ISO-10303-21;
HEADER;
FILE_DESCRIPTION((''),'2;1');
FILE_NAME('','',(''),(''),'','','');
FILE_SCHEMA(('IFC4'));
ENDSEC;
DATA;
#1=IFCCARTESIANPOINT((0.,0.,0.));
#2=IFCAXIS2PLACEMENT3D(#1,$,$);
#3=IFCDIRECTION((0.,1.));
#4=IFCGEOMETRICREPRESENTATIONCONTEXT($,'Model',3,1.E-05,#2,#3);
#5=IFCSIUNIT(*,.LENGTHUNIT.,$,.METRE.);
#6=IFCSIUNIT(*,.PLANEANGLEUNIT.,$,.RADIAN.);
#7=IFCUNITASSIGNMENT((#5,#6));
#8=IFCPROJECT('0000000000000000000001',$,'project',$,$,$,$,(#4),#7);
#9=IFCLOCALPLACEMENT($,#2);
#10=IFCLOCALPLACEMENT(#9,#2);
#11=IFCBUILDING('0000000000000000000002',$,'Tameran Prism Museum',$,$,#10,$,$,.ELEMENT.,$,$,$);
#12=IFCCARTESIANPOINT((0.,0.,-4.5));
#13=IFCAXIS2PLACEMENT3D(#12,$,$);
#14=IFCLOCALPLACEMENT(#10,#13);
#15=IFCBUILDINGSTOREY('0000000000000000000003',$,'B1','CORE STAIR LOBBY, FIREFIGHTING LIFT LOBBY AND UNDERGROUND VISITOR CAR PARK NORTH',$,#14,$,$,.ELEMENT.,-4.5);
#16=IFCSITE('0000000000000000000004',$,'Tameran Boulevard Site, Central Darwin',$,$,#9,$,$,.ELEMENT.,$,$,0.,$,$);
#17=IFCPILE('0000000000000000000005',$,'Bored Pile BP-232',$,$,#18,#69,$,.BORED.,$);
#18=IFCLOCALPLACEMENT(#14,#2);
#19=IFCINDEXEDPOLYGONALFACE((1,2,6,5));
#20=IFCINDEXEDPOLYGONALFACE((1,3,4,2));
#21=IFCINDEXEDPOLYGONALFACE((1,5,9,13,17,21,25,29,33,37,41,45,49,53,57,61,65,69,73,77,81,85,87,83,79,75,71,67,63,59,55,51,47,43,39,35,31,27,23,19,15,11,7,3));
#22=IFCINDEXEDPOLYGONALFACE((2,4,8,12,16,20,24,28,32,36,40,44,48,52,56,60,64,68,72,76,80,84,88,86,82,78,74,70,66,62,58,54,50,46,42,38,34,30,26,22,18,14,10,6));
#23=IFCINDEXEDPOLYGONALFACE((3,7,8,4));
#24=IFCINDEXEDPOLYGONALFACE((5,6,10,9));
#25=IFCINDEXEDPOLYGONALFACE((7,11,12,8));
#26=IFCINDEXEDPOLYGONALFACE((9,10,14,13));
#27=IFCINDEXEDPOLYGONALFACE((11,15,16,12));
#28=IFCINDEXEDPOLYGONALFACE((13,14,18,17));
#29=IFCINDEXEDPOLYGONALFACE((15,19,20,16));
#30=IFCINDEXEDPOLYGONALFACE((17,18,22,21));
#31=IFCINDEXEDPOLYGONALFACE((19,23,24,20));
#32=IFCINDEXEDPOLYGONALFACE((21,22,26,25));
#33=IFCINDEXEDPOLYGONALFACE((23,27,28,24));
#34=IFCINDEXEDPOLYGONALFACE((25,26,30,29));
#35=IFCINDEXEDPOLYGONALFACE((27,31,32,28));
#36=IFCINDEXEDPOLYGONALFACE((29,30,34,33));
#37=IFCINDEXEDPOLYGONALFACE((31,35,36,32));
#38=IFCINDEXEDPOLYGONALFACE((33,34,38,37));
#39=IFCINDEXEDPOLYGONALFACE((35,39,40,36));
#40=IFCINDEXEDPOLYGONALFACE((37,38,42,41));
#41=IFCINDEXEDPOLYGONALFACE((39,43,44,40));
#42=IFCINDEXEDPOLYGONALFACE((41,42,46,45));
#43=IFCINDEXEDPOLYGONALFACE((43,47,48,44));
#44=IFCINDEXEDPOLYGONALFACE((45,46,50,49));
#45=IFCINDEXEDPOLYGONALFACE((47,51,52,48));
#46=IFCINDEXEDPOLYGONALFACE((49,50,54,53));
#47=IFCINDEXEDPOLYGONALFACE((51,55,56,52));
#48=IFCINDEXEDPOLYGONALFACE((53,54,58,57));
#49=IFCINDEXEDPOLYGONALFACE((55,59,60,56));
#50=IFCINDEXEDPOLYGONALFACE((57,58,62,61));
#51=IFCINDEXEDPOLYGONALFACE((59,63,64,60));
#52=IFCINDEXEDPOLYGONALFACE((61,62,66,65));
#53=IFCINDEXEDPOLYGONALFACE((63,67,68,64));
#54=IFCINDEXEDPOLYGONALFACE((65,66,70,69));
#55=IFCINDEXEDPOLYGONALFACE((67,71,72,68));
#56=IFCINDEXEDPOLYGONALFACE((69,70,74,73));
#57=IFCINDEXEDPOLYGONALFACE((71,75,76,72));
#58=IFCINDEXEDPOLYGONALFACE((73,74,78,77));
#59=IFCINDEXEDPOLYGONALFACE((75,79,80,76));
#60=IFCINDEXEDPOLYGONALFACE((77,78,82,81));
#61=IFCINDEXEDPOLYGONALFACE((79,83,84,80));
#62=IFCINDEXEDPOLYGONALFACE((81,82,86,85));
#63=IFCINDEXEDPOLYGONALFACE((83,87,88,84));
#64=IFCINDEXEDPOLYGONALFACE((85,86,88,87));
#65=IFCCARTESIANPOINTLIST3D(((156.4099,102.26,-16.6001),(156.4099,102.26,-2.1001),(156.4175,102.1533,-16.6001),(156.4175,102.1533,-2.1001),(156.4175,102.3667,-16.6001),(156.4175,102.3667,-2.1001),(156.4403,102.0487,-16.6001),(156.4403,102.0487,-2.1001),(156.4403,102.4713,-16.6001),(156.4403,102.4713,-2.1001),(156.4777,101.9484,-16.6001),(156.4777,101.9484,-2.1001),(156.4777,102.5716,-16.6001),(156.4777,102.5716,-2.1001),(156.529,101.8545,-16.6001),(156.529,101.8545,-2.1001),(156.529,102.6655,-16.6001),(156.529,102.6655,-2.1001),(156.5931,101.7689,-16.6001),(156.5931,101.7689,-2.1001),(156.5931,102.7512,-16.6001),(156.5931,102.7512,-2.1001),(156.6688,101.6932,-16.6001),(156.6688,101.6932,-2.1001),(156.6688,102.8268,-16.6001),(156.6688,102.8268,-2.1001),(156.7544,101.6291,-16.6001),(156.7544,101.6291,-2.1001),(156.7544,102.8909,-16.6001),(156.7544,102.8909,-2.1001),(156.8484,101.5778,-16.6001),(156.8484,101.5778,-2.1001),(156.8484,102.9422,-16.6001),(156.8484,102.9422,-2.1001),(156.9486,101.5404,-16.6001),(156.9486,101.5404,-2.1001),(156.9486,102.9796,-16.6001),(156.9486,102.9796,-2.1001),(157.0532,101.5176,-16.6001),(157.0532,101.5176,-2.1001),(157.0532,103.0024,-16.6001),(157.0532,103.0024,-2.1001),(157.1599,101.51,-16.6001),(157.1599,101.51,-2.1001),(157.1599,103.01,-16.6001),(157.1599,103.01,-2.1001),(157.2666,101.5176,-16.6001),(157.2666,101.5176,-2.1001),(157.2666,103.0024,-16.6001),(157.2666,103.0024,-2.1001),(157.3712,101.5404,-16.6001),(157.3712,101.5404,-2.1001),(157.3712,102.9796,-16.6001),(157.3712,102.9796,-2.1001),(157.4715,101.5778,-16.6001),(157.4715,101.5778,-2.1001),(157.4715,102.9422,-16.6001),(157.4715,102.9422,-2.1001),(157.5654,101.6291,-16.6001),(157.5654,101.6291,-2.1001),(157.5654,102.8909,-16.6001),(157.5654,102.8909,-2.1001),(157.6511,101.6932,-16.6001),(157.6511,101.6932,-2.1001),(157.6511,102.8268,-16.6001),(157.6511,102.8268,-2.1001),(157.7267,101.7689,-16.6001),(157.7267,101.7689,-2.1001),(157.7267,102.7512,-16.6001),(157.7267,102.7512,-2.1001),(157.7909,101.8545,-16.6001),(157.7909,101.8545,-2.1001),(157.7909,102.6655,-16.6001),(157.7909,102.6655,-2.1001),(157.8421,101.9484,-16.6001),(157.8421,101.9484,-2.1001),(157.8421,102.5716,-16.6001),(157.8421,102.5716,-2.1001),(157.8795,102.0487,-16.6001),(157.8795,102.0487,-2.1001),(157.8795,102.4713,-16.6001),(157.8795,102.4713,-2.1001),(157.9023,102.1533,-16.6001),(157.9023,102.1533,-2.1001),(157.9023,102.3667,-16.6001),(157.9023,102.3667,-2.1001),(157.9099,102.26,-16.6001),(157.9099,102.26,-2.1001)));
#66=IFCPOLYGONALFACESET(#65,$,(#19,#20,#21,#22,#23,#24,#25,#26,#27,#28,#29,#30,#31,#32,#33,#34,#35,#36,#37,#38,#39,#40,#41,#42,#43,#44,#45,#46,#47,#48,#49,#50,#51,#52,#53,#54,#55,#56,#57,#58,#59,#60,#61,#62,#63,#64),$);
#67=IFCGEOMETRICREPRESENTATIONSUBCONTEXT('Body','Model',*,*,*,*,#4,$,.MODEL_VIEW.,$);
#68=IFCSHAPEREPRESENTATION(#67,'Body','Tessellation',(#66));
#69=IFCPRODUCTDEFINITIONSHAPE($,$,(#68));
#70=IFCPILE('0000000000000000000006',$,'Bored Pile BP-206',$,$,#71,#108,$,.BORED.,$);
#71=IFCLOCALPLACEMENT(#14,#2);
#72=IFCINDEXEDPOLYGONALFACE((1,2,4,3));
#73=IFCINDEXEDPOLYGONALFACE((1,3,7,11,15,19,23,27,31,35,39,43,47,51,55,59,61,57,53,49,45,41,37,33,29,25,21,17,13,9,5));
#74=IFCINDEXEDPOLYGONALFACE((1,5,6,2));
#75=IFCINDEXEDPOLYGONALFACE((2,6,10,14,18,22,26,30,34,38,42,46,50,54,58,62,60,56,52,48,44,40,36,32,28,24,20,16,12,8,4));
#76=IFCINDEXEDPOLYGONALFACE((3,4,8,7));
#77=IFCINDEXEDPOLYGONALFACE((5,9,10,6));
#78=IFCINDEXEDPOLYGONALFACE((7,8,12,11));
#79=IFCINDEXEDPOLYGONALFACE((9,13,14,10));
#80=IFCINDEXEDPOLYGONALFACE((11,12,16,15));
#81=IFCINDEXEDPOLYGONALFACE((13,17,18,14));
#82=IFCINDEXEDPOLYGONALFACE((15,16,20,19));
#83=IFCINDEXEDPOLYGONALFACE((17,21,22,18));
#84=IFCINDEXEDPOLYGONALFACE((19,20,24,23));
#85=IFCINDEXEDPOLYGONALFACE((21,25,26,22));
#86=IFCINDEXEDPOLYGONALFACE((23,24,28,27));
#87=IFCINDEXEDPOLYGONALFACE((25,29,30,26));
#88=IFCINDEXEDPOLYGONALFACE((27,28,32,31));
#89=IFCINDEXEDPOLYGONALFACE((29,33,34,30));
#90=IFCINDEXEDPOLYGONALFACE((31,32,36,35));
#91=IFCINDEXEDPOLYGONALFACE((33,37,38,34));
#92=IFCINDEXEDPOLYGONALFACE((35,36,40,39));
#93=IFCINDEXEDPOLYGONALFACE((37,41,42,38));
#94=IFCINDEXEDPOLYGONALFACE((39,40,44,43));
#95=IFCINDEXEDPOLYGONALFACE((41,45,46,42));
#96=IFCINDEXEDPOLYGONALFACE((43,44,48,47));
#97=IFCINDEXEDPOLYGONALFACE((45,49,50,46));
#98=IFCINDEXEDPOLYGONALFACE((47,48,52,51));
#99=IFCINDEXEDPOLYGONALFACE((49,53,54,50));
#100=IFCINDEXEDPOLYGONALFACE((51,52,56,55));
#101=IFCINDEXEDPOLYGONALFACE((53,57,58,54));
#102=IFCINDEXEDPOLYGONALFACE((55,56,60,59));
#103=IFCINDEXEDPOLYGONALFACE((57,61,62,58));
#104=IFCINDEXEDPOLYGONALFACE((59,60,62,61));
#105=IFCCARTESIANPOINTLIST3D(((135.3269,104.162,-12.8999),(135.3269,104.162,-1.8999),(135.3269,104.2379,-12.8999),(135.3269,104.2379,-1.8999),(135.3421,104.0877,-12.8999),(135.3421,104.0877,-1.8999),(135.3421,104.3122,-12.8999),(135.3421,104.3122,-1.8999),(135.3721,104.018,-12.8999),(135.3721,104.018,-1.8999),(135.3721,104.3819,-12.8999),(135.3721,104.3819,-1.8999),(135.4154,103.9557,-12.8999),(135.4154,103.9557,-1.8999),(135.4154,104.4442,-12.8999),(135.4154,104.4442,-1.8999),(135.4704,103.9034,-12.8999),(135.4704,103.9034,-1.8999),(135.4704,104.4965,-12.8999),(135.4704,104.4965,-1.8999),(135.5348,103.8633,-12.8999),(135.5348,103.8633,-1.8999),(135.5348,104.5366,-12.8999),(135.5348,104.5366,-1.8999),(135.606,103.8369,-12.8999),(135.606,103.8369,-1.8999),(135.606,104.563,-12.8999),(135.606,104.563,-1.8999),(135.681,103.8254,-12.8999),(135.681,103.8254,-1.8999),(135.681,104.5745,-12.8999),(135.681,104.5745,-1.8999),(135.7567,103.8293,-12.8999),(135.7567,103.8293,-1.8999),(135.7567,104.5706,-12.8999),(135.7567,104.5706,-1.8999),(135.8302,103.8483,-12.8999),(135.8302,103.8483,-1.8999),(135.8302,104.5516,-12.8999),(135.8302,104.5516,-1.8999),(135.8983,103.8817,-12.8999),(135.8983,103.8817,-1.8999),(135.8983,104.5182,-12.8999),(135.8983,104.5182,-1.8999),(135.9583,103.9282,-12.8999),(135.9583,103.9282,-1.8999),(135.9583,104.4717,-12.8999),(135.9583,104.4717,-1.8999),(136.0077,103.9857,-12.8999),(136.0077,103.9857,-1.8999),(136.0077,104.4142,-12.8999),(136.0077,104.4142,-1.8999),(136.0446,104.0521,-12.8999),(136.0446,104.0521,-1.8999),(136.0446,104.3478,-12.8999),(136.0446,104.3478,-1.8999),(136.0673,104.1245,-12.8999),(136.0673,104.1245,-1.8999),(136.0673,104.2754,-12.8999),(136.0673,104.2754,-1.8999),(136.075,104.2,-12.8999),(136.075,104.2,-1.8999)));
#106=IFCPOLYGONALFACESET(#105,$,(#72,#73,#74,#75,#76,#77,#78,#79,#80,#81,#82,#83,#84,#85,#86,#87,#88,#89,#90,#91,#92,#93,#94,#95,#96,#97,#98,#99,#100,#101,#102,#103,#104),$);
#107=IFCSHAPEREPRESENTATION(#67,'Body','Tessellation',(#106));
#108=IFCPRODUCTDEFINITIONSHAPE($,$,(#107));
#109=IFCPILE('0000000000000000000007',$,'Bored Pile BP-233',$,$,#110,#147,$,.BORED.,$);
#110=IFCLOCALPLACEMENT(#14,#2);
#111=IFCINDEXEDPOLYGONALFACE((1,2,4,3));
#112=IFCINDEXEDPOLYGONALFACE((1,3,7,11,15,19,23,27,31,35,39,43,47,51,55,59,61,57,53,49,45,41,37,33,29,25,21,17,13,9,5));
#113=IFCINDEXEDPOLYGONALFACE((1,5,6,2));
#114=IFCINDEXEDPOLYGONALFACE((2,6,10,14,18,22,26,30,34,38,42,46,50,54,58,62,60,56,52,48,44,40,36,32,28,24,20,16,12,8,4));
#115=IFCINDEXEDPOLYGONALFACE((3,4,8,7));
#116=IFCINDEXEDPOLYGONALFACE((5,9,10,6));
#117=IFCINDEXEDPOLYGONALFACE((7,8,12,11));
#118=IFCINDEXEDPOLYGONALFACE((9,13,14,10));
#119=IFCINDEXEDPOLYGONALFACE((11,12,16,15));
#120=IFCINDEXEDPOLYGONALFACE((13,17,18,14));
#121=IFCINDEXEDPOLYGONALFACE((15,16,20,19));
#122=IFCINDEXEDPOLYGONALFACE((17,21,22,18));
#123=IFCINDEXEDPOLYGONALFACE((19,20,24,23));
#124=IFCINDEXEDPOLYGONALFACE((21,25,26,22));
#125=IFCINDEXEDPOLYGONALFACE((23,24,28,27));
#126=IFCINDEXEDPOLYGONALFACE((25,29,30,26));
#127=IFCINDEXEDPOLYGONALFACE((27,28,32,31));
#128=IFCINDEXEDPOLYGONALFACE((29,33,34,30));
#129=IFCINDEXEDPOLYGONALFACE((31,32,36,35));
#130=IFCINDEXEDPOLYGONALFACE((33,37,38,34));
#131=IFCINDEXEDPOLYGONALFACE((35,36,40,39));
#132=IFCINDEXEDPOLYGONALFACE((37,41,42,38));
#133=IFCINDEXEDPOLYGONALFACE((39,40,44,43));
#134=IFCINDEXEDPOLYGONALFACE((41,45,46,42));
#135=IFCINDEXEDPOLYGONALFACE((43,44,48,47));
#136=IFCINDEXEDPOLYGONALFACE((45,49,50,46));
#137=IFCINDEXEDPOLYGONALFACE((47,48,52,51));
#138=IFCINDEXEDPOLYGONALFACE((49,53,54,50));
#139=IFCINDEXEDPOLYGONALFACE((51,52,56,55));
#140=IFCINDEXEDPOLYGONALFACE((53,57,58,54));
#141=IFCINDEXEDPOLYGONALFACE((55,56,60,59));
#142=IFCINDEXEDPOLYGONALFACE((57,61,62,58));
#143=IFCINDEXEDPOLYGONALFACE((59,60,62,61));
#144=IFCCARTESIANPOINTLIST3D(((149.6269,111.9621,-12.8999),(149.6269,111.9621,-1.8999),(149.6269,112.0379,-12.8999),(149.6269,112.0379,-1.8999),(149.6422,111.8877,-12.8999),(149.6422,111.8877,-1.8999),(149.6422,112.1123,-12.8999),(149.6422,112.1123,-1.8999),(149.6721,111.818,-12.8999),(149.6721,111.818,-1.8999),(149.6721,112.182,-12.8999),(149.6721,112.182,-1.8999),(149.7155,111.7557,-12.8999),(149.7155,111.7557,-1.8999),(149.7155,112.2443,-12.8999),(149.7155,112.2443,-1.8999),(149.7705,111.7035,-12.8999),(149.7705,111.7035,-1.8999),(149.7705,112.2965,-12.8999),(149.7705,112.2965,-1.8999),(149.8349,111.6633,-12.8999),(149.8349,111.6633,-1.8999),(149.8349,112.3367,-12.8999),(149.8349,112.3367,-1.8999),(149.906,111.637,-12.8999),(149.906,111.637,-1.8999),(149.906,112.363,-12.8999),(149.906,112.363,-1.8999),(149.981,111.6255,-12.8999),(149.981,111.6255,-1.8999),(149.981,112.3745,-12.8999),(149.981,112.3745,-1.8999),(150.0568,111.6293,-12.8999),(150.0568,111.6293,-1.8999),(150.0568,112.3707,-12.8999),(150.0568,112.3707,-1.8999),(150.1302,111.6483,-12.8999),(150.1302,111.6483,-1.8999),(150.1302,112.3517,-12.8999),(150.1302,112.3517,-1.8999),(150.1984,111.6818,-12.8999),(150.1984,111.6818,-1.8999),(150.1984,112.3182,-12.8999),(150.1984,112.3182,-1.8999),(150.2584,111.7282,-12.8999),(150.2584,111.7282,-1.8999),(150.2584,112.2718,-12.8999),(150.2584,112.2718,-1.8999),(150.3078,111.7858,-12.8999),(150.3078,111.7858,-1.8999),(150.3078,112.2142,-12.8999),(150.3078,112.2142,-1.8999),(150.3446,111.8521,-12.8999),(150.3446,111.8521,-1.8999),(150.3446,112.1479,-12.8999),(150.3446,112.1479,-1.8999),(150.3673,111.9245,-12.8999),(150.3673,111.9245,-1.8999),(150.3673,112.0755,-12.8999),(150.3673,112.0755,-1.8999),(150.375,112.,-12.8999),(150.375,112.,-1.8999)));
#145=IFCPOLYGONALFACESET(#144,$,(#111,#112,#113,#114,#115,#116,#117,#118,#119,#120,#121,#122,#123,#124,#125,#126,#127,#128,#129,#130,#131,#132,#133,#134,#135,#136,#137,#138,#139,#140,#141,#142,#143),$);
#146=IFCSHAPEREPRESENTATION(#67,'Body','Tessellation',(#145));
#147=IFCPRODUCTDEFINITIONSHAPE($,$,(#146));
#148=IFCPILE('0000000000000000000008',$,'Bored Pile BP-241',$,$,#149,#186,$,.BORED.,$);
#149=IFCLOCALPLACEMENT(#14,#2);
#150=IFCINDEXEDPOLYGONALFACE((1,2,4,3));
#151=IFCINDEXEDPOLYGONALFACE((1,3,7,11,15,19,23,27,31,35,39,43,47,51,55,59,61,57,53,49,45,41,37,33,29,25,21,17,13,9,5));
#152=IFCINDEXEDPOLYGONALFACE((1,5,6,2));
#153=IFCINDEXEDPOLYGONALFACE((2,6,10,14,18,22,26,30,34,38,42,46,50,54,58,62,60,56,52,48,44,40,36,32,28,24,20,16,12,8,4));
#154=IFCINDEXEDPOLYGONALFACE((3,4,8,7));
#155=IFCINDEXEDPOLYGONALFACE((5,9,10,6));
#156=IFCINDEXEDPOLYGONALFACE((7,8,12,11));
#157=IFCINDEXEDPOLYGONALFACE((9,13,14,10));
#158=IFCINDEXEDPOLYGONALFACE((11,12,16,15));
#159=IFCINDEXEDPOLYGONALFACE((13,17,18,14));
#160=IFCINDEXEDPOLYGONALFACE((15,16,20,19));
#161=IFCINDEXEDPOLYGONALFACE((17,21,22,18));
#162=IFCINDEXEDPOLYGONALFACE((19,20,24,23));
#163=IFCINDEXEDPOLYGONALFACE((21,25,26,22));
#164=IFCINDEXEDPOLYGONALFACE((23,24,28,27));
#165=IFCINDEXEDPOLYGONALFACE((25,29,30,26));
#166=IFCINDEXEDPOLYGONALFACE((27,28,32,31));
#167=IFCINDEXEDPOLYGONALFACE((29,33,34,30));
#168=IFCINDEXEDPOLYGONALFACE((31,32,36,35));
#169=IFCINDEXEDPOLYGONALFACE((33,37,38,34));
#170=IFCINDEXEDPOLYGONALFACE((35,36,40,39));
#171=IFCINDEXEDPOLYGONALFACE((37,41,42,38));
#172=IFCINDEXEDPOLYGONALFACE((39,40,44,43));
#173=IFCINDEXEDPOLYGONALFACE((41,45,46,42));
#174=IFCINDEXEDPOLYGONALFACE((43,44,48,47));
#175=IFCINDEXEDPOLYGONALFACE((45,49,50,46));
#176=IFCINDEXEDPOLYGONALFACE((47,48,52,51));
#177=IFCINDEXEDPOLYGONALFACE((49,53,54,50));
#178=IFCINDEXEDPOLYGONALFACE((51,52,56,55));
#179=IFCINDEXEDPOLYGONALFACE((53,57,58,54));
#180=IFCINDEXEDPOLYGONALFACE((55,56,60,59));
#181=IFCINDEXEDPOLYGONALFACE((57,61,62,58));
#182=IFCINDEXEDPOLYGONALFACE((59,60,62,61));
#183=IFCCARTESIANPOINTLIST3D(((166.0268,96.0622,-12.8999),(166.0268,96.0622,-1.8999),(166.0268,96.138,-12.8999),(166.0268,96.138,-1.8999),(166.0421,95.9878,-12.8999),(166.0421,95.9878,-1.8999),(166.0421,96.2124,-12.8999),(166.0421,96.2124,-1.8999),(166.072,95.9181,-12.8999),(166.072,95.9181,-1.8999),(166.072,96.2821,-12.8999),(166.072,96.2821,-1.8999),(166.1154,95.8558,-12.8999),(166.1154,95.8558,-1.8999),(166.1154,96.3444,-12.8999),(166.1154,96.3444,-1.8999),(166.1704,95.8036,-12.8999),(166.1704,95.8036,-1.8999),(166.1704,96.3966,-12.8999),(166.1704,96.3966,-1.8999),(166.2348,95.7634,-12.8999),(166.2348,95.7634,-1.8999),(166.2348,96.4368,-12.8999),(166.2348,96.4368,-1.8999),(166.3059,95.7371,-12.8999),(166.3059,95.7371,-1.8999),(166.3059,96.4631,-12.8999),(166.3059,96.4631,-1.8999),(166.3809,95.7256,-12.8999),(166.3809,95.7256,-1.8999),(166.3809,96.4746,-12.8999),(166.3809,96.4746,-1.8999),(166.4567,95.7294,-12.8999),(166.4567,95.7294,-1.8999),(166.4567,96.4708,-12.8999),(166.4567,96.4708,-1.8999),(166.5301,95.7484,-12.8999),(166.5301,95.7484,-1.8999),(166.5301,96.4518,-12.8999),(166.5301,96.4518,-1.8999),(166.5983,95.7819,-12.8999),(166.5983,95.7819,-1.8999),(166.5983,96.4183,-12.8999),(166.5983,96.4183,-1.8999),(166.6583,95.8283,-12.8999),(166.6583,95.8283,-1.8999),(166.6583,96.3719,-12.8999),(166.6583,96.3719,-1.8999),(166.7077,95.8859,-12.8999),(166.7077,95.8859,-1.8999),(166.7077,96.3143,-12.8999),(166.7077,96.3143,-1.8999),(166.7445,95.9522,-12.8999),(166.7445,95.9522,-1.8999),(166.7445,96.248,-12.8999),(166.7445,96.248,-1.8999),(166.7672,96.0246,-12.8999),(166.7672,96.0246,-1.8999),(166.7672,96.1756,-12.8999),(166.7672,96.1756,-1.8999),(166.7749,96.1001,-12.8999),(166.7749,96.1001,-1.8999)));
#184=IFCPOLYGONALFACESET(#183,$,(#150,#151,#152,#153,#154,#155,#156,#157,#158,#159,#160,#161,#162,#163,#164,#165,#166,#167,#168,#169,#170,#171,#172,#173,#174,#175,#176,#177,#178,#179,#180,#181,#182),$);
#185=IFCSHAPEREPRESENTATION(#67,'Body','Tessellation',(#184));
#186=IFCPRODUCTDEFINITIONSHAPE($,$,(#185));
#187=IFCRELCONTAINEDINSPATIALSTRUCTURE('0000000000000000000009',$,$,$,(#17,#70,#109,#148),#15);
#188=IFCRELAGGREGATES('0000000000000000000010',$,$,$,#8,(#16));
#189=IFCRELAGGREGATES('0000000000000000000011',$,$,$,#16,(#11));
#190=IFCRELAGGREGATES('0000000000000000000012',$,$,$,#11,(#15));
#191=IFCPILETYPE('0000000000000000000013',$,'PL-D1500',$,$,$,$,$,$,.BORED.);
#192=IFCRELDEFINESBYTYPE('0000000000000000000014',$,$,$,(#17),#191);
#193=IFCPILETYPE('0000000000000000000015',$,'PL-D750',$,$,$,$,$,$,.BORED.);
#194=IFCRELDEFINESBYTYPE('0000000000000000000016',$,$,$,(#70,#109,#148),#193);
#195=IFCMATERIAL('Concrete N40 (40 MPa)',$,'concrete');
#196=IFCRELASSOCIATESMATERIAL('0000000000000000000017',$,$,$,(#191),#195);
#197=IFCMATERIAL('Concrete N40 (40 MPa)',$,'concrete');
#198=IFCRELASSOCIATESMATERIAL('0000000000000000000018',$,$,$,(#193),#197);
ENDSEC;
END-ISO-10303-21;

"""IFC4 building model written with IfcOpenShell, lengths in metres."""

from ifc_helpers import new_model, si_unit, direction, frame, origin, origin_2d, place, context, subcontext, project, spatial, circle, extrude, material, material_profile, profile_set, type_object, element, save


model = new_model("IFC4")

# Units and contexts
model_context = context("Model", 3, precision=1e-05, world=origin(), true_north=direction((0.0, 1.0)))
body_context = subcontext(model_context, "Body", "Model", "MODEL_VIEW")
ifc_project = project(units=[si_unit("LENGTHUNIT", "METRE"), si_unit("PLANEANGLEUNIT", "RADIAN")], contexts=[model_context])

# Site, building, storey
site_placement = place(None, origin())
site = spatial("IfcSite", under=ifc_project, at=site_placement, Name="Tameran Boulevard Site, Central Darwin", CompositionType="ELEMENT", RefElevation=0.0)
building_placement = place(site_placement, origin())
building = spatial("IfcBuilding", under=site, at=building_placement, Name="Tameran Prism Museum", CompositionType="ELEMENT")
storey_placement = place(building_placement, frame((0.0, 0.0, -4.5)))
storey = spatial("IfcBuildingStorey", under=building, at=storey_placement, Name="B1", Description="CORE STAIR LOBBY, FIREFIGHTING LIFT LOBBY AND UNDERGROUND VISITOR CAR PARK NORTH", CompositionType="ELEMENT", Elevation=-4.5)

# Piles
ifc_material_1 = material(Name="Concrete N40 (40 MPa)", Category="concrete")
ifc_material_profile_1 = material_profile(ifc_material_1, circle(Radius=0.75, at=origin_2d()))
ifc_profile_set_1 = profile_set([ifc_material_profile_1])
pile_type_1 = type_object("IfcPileType", Name="PL-D1500", PredefinedType="BORED", material=ifc_profile_set_1)
for number, where, z_axis, x_axis, name in (
    (1, (157.1599, 102.26, -2.1001), (0.0, 0.0, -1.0), (1.0, 0.0, 0.0), "Bored Pile BP-232"),
):
    element("IfcPile", number, at=place(storey_placement, frame(where, z_axis=z_axis, x_axis=x_axis)), inside=storey, type_object=pile_type_1, Name=name, PredefinedType="BORED", context=body_context, shape_type="SweptSolid", body=[
        extrude(circle(Radius=0.75, at=origin_2d()), origin(), (0.0, 0.0, 1.0), 14.5),
    ])
ifc_material_2 = material(Name="Concrete N40 (40 MPa)", Category="concrete")
ifc_material_profile_2 = material_profile(ifc_material_2, circle(Radius=0.375, at=origin_2d()))
ifc_profile_set_2 = profile_set([ifc_material_profile_2])
pile_type_2 = type_object("IfcPileType", Name="PL-D750", PredefinedType="BORED", material=ifc_profile_set_2)
for number, where, z_axis, x_axis, name in (
    (2, (135.7, 104.2, -1.8999), (0.0, 0.0, -1.0), (1.0, 0.0, 0.0), "Bored Pile BP-206"),
    (3, (150.0, 112.0, -1.8999), (0.0, 0.0, -1.0), (1.0, 0.0, 0.0), "Bored Pile BP-233"),
    (4, (166.3999, 96.1001, -1.8999), (0.0, 0.0, -1.0), (1.0, 0.0, 0.0), "Bored Pile BP-241"),
):
    element("IfcPile", number, at=place(storey_placement, frame(where, z_axis=z_axis, x_axis=x_axis)), inside=storey, type_object=pile_type_2, Name=name, PredefinedType="BORED", context=body_context, shape_type="SweptSolid", body=[
        extrude(circle(Radius=0.375, at=origin_2d()), origin(), (0.0, 0.0, 1.0), 11.0),
    ])

save(model, "model.ifc")
